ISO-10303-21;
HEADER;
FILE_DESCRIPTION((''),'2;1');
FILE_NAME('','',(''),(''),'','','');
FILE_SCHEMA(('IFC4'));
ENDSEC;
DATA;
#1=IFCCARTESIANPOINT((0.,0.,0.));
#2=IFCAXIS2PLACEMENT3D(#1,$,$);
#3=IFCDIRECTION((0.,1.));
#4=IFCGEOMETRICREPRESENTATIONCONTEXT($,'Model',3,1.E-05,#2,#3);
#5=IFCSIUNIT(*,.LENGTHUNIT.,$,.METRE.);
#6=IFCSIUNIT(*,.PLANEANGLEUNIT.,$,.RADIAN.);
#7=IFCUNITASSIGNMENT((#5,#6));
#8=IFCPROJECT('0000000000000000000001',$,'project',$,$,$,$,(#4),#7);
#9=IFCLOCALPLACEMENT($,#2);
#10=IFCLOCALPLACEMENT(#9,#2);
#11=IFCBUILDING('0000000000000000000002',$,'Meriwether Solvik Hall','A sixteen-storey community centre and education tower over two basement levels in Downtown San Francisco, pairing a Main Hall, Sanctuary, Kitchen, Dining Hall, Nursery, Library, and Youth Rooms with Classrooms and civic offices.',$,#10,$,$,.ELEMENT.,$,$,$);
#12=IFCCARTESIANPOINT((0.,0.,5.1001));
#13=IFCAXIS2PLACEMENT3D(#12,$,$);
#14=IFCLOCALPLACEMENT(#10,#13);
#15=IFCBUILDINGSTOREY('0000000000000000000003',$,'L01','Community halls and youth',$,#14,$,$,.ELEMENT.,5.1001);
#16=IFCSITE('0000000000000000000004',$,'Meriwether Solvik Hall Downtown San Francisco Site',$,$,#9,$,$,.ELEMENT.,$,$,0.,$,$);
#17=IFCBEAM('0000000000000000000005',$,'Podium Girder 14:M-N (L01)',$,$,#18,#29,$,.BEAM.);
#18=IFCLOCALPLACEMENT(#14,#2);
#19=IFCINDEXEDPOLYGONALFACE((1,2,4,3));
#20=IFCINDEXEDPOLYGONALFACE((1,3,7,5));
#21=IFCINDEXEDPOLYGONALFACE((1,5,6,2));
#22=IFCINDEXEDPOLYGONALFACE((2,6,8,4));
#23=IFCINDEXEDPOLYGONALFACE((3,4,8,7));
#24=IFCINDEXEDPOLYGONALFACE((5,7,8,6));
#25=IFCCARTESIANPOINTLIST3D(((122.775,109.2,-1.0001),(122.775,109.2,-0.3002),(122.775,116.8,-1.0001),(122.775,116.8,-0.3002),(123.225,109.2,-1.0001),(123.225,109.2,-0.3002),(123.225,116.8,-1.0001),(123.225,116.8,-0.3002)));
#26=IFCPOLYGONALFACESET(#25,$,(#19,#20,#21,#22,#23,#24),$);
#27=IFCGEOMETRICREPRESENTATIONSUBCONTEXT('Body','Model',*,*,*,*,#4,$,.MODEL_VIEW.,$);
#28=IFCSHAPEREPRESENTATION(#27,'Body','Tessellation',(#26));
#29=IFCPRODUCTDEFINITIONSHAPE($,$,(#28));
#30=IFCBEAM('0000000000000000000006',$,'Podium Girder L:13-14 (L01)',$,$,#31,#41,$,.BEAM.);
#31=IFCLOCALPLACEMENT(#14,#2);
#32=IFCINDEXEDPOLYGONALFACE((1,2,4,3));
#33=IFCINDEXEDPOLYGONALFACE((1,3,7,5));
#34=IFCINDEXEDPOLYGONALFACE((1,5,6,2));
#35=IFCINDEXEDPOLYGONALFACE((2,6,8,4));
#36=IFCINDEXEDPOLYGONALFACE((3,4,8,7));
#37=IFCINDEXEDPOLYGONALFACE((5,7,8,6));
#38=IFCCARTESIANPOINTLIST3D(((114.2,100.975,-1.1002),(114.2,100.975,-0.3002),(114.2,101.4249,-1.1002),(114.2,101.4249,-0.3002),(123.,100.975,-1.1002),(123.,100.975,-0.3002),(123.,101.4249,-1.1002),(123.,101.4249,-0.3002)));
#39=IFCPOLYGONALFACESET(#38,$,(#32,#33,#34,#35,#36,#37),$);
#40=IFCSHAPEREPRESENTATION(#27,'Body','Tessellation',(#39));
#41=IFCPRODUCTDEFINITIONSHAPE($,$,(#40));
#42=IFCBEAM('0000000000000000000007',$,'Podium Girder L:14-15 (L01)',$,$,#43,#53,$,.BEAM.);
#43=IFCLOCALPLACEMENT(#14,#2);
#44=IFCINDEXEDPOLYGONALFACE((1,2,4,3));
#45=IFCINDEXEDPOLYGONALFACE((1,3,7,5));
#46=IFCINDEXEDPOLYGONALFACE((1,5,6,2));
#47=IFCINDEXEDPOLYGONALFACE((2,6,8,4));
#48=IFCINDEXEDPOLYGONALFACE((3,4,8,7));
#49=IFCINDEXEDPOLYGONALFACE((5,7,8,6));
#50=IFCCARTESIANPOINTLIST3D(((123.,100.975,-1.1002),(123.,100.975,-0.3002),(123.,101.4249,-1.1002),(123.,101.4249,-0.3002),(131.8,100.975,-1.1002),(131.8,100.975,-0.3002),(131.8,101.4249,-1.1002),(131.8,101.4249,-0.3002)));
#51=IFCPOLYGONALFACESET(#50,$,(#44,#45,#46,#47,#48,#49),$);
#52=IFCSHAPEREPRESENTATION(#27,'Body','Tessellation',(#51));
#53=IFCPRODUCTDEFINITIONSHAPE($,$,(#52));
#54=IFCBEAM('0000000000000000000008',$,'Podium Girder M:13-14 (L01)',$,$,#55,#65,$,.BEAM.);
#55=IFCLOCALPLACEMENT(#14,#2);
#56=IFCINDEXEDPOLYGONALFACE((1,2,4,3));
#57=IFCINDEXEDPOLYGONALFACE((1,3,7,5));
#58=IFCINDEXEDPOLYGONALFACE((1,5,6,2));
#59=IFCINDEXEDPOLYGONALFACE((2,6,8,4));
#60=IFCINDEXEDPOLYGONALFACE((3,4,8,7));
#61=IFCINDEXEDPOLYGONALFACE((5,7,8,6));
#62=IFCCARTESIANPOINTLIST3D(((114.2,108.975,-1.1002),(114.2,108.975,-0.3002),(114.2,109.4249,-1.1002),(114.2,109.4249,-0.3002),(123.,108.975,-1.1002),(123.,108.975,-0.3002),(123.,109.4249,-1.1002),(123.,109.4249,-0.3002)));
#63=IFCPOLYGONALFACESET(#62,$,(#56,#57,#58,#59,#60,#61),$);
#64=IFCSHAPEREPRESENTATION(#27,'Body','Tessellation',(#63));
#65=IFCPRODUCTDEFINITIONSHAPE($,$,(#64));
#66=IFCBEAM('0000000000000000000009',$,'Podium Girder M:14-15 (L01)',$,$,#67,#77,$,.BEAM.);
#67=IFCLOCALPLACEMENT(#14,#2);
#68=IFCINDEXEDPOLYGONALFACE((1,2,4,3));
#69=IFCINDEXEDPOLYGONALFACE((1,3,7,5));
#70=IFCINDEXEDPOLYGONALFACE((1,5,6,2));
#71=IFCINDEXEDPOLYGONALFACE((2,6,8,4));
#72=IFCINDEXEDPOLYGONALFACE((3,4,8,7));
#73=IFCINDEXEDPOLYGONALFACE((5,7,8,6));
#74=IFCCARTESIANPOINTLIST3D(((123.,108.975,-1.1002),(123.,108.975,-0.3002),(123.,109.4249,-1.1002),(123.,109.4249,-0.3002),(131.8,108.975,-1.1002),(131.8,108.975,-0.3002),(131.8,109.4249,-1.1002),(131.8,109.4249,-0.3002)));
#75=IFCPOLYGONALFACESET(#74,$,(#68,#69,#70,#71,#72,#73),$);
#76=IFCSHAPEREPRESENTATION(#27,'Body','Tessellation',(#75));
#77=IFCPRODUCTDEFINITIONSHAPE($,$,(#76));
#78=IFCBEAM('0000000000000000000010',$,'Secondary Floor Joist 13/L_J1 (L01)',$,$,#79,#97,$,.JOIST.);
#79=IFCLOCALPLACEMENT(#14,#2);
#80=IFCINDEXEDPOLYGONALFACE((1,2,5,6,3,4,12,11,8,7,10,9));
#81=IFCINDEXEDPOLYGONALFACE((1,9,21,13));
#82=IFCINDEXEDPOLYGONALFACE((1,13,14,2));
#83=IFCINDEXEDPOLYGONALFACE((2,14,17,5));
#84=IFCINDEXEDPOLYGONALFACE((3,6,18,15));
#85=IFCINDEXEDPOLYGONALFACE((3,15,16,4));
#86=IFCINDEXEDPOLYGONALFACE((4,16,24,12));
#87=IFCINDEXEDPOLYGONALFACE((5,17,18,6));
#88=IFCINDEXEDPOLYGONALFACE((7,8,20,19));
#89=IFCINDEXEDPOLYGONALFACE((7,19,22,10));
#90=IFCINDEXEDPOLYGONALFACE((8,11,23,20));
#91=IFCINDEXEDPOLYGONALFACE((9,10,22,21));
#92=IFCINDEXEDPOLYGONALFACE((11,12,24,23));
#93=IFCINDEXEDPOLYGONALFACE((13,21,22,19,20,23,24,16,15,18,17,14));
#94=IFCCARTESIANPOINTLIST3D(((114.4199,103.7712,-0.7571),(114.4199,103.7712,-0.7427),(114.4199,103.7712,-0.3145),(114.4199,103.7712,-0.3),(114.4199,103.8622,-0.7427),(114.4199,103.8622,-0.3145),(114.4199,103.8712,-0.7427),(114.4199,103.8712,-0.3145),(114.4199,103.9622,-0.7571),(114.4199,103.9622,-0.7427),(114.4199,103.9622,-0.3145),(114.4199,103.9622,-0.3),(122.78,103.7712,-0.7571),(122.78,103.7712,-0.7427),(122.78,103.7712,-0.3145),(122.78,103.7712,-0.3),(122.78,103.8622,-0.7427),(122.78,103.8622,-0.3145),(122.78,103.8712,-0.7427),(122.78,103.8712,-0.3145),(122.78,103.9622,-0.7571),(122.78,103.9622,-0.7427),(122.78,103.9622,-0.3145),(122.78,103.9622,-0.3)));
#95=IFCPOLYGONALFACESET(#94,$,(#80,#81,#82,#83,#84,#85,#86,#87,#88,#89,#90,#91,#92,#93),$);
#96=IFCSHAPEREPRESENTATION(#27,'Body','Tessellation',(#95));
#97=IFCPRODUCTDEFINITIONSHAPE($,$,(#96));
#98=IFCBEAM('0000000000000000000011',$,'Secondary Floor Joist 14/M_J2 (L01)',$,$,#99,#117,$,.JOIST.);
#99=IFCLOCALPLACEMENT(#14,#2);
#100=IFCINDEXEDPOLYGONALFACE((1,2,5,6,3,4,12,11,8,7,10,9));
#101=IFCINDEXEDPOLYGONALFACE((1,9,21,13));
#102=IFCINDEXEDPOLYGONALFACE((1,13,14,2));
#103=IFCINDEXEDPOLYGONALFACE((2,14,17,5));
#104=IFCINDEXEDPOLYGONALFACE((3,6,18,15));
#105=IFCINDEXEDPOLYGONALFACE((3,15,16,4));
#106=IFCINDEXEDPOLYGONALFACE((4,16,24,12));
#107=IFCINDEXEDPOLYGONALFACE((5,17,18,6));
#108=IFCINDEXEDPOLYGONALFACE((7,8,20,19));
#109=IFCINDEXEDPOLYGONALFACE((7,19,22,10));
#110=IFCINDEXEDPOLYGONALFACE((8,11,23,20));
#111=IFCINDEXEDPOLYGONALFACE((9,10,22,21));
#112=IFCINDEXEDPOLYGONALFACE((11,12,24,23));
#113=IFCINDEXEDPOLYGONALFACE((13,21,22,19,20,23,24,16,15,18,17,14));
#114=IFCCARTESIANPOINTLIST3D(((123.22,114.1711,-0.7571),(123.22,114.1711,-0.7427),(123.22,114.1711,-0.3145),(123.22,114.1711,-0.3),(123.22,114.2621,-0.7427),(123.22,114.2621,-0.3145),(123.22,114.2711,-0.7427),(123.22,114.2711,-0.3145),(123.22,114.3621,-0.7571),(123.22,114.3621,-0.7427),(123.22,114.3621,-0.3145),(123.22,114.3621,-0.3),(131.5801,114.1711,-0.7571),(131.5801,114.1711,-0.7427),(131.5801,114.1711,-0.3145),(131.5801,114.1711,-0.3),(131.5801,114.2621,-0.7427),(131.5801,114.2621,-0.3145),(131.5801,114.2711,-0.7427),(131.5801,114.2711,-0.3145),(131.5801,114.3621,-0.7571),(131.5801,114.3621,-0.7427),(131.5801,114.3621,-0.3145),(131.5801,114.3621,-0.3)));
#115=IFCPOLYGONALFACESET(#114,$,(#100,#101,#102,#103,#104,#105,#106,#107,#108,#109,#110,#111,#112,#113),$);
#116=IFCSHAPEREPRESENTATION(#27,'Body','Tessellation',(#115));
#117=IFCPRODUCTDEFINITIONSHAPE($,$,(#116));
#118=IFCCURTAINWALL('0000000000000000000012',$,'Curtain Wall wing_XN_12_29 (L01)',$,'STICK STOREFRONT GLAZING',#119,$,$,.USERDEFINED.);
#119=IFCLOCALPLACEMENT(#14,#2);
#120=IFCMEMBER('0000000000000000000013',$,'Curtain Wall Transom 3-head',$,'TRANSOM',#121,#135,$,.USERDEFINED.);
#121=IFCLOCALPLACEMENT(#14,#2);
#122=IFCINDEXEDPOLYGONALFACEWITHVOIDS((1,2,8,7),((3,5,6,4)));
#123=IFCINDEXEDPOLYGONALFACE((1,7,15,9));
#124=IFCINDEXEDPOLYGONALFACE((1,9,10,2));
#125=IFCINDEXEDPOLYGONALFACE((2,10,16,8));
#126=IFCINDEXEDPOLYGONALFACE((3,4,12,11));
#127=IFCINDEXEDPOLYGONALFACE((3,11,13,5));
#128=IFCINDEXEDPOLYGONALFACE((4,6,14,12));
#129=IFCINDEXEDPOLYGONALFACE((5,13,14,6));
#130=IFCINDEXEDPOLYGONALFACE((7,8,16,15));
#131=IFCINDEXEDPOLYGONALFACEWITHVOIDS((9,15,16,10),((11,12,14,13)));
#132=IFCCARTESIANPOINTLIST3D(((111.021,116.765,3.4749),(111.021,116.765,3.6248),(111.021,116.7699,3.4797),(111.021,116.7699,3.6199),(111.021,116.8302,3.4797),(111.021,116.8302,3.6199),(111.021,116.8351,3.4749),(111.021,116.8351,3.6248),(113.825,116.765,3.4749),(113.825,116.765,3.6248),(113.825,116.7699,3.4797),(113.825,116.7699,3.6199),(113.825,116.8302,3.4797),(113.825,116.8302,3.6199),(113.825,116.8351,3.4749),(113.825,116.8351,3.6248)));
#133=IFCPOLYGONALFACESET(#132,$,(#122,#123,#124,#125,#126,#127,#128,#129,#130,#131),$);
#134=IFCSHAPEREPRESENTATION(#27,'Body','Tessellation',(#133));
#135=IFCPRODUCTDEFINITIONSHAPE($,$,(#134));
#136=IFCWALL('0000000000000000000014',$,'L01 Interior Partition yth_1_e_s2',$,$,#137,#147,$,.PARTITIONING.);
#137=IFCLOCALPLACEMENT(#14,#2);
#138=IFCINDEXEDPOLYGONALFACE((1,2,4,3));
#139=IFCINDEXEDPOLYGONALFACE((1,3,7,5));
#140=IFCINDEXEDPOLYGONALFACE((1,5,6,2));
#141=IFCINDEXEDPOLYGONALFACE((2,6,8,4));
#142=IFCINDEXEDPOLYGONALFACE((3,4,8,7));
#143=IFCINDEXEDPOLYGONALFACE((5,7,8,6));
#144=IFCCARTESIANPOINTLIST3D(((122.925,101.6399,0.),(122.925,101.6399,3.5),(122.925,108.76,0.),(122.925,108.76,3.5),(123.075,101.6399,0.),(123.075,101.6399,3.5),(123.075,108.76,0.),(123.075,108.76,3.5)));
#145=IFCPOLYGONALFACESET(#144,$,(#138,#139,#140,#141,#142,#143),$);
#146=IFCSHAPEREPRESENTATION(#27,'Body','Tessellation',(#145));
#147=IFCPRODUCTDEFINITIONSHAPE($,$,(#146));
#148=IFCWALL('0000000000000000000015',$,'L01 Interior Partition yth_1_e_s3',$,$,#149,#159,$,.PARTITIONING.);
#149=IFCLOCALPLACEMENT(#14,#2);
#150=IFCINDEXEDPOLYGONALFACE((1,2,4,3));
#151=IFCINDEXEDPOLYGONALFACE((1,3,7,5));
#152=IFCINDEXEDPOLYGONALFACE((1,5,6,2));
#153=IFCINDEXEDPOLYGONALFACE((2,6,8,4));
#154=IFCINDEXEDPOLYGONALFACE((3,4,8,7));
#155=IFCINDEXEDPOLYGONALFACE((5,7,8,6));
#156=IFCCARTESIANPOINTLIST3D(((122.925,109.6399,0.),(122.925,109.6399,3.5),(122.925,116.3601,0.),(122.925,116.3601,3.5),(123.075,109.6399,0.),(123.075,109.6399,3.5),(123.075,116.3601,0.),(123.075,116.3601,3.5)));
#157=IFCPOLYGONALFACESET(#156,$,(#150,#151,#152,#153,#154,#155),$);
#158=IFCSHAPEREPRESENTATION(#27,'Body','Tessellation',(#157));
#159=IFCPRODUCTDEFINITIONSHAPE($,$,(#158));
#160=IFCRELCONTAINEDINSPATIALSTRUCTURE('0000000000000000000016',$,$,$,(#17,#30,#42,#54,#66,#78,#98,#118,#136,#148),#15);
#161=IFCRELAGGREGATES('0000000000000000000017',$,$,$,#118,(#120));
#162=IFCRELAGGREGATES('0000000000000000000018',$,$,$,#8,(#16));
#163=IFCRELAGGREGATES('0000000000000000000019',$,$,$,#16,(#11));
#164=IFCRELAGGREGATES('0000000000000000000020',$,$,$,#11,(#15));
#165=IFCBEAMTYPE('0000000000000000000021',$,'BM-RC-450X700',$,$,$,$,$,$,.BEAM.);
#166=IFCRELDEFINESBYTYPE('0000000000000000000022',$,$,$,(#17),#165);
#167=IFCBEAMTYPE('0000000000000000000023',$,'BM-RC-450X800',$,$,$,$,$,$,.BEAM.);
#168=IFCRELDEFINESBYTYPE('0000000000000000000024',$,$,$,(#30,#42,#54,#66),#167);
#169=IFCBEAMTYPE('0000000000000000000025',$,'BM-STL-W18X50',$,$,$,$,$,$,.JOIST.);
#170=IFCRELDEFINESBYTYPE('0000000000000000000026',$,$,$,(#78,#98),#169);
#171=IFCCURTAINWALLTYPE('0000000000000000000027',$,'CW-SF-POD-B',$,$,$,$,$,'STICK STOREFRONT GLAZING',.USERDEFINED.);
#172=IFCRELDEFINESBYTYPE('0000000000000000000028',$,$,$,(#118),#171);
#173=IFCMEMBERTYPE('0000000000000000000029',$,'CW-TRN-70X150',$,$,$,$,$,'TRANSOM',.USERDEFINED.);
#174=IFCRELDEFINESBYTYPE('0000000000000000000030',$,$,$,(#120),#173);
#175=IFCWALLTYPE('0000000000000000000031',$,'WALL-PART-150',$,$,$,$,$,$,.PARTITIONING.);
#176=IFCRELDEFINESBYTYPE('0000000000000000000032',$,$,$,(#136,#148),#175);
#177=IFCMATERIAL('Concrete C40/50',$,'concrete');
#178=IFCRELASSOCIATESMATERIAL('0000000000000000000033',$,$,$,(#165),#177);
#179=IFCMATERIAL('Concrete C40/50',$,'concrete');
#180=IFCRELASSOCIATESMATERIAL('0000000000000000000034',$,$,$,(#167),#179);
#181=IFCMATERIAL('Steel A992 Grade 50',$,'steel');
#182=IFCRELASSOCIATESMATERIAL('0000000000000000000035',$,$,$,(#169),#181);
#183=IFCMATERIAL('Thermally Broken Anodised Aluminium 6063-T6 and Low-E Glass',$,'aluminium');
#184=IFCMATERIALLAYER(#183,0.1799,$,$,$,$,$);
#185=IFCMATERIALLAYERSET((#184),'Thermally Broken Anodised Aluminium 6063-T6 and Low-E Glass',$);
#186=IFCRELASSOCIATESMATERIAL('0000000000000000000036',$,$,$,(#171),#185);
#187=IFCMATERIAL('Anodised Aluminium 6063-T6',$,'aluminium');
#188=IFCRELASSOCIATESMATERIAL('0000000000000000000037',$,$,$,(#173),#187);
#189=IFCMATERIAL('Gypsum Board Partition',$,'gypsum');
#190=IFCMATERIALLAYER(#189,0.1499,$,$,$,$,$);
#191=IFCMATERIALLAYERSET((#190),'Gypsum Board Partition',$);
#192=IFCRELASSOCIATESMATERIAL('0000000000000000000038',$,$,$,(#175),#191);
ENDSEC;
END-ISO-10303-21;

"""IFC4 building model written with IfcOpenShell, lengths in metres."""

from ifc_helpers import new_model, si_unit, direction, frame, frame_2d, origin, origin_2d, place, context, subcontext, project, spatial, rectangle, hollow_rectangle, i_section, extrude, material, layer, layer_set, material_profile, profile_set, type_object, element, aggregate, save


model = new_model("IFC4")

# Units and contexts
model_context = context("Model", 3, precision=1e-05, world=origin(), true_north=direction((0.0, 1.0)))
body_context = subcontext(model_context, "Body", "Model", "MODEL_VIEW")
ifc_project = project(units=[si_unit("LENGTHUNIT", "METRE"), si_unit("PLANEANGLEUNIT", "RADIAN")], contexts=[model_context])

# Site, building, storey
site_placement = place(None, origin())
site = spatial("IfcSite", under=ifc_project, at=site_placement, Name="Meriwether Solvik Hall Downtown San Francisco Site", CompositionType="ELEMENT", RefElevation=0.0)
building_placement = place(site_placement, origin())
building = spatial("IfcBuilding", under=site, at=building_placement, Name="Meriwether Solvik Hall", Description="A sixteen-storey community centre and education tower over two basement levels in Downtown San Francisco, pairing a Main Hall, Sanctuary, Kitchen, Dining Hall, Nursery, Library, and Youth Rooms with Classrooms and civic offices.", CompositionType="ELEMENT")
storey_placement = place(building_placement, frame((0.0, 0.0, 5.1001)))
storey = spatial("IfcBuildingStorey", under=building, at=storey_placement, Name="L01", Description="Community halls and youth", CompositionType="ELEMENT", Elevation=5.1001)

# Beams
ifc_material_1 = material(Name="Concrete C40/50", Category="concrete")
ifc_material_profile_1 = material_profile(ifc_material_1, rectangle(XDim=0.45, YDim=0.7, at=origin_2d()), Name="RCB-450X700")
ifc_profile_set_1 = profile_set([ifc_material_profile_1], Name="Concrete C40/50")
beam_type_1 = type_object("IfcBeamType", Name="BM-RC-450X700", PredefinedType="BEAM", material=ifc_profile_set_1)
beam_1_placement = place(storey_placement, frame((123.0, 109.2, -0.6501), z_axis=(0.0, 1.0, 0.0), x_axis=(-1.0, 0.0, 0.0)))
element("IfcBeam", 1, at=beam_1_placement, inside=storey, type_object=beam_type_1, Name="Podium Girder 14:M-N (L01)", PredefinedType="BEAM", context=body_context, shape_type="SweptSolid", body=[
    extrude(rectangle(XDim=0.45, YDim=0.7, at=origin_2d()), origin(), (0.0, 0.0, 1.0), 7.6001),
])
ifc_material_2 = material(Name="Concrete C40/50", Category="concrete")
ifc_material_profile_2 = material_profile(ifc_material_2, rectangle(XDim=0.45, YDim=0.8, at=origin_2d()), Name="RCB-450X800")
ifc_profile_set_2 = profile_set([ifc_material_profile_2], Name="Concrete C40/50")
beam_type_2 = type_object("IfcBeamType", Name="BM-RC-450X800", PredefinedType="BEAM", material=ifc_profile_set_2)
for number, where, z_axis, x_axis, name in (
    (2, (114.2, 101.2, -0.7002), (1.0, 0.0, 0.0), (0.0, 1.0, 0.0), "Podium Girder L:13-14 (L01)"),
    (3, (123.0, 101.2, -0.7002), (1.0, 0.0, 0.0), (0.0, 1.0, 0.0), "Podium Girder L:14-15 (L01)"),
    (4, (114.2, 109.2, -0.7002), (1.0, 0.0, 0.0), (0.0, 1.0, 0.0), "Podium Girder M:13-14 (L01)"),
    (5, (123.0, 109.2, -0.7002), (1.0, 0.0, 0.0), (0.0, 1.0, 0.0), "Podium Girder M:14-15 (L01)"),
):
    element("IfcBeam", number, at=place(storey_placement, frame(where, z_axis=z_axis, x_axis=x_axis)), inside=storey, type_object=beam_type_2, Name=name, PredefinedType="BEAM", context=body_context, shape_type="SweptSolid", body=[
        extrude(rectangle(XDim=0.45, YDim=0.8, at=origin_2d()), origin(), (0.0, 0.0, 1.0), 8.8),
    ])
ifc_material_3 = material(Name="Steel A992 Grade 50", Category="steel")
ifc_material_profile_3 = material_profile(ifc_material_3, i_section(OverallWidth=0.1909, OverallDepth=0.457, WebThickness=0.009, FlangeThickness=0.0144, at=origin_2d()), Name="W18X50")
ifc_profile_set_3 = profile_set([ifc_material_profile_3], Name="Steel A992 Grade 50")
beam_type_3 = type_object("IfcBeamType", Name="BM-STL-W18X50", PredefinedType="JOIST", material=ifc_profile_set_3)
for number, where, z_axis, x_axis, name in (
    (6, (114.4199, 103.8667, -0.5286), (1.0, 0.0, 0.0), (0.0, 1.0, 0.0), "Secondary Floor Joist 13/L_J1 (L01)"),
    (7, (123.22, 114.2666, -0.5286), (1.0, 0.0, 0.0), (0.0, 1.0, 0.0), "Secondary Floor Joist 14/M_J2 (L01)"),
):
    element("IfcBeam", number, at=place(storey_placement, frame(where, z_axis=z_axis, x_axis=x_axis)), inside=storey, type_object=beam_type_3, Name=name, PredefinedType="JOIST", context=body_context, shape_type="SweptSolid", body=[
        extrude(i_section(OverallWidth=0.1909, OverallDepth=0.457, WebThickness=0.009, FlangeThickness=0.0144, at=origin_2d()), origin(), (0.0, 0.0, 1.0), 8.3601),
    ])

# Curtain wall, member
ifc_material_4 = material(Name="Thermally Broken Anodised Aluminium 6063-T6 and Low-E Glass", Category="aluminium")
ifc_layer_1 = layer(ifc_material_4, 0.1799)
ifc_layer_set_1 = layer_set([ifc_layer_1], Name="Thermally Broken Anodised Aluminium 6063-T6 and Low-E Glass")
curtain_wall_type = type_object("IfcCurtainWallType", Name="CW-SF-POD-B", ElementType="STICK STOREFRONT GLAZING", PredefinedType="USERDEFINED", material=ifc_layer_set_1)
curtain_wall_placement = place(storey_placement, origin())
curtain_wall = element("IfcCurtainWall", 8, at=curtain_wall_placement, inside=storey, type_object=curtain_wall_type, Name="Curtain Wall wing_XN_12_29 (L01)", ObjectType="STICK STOREFRONT GLAZING", PredefinedType="USERDEFINED")
ifc_material_5 = material(Name="Anodised Aluminium 6063-T6", Category="aluminium")
ifc_material_profile_4 = material_profile(ifc_material_5, hollow_rectangle(XDim=0.0701, YDim=0.1499, WallThickness=0.0049, at=origin_2d()), Name="CWT-70X150")
ifc_profile_set_4 = profile_set([ifc_material_profile_4], Name="Anodised Aluminium 6063-T6")
member_type = type_object("IfcMemberType", Name="CW-TRN-70X150", ElementType="TRANSOM", PredefinedType="USERDEFINED", material=ifc_profile_set_4)
member_placement = place(storey_placement, frame((111.021, 116.8, 3.5498), z_axis=(1.0, 0.0, 0.0), x_axis=(0.0, 1.0, 0.0)))
member = element("IfcMember", 9, at=member_placement, type_object=member_type, Name="Curtain Wall Transom 3-head", ObjectType="TRANSOM", PredefinedType="USERDEFINED", context=body_context, shape_type="SweptSolid", body=[
    extrude(hollow_rectangle(XDim=0.0701, YDim=0.1499, WallThickness=0.0049, at=origin_2d()), origin(), (0.0, 0.0, 1.0), 2.804),
])
aggregate(curtain_wall, [member])

# Walls
ifc_material_6 = material(Name="Gypsum Board Partition", Category="gypsum")
ifc_layer_2 = layer(ifc_material_6, 0.1499)
ifc_layer_set_2 = layer_set([ifc_layer_2], Name="Gypsum Board Partition")
wall_type = type_object("IfcWallType", Name="WALL-PART-150", PredefinedType="PARTITIONING", material=ifc_layer_set_2)
wall_1_placement = place(storey_placement, frame((123.0, 101.6399, 0.0), z_axis=(0.0, 0.0, 1.0), x_axis=(0.0, 1.0, 0.0)))
element("IfcWall", 10, at=wall_1_placement, inside=storey, type_object=wall_type, Name="L01 Interior Partition yth_1_e_s2", PredefinedType="PARTITIONING", context=body_context, shape_type="SweptSolid", body=[
    extrude(rectangle(XDim=7.1201, YDim=0.1499, at=frame_2d((3.5601, 0.0))), origin(), (0.0, 0.0, 1.0), 3.5),
])
wall_2_placement = place(storey_placement, frame((123.0, 109.6399, 0.0), z_axis=(0.0, 0.0, 1.0), x_axis=(0.0, 1.0, 0.0)))
element("IfcWall", 11, at=wall_2_placement, inside=storey, type_object=wall_type, Name="L01 Interior Partition yth_1_e_s3", PredefinedType="PARTITIONING", context=body_context, shape_type="SweptSolid", body=[
    extrude(rectangle(XDim=6.7202, YDim=0.1499, at=frame_2d((3.3601, 0.0))), origin(), (0.0, 0.0, 1.0), 3.5),
])

save(model, "model.ifc")
